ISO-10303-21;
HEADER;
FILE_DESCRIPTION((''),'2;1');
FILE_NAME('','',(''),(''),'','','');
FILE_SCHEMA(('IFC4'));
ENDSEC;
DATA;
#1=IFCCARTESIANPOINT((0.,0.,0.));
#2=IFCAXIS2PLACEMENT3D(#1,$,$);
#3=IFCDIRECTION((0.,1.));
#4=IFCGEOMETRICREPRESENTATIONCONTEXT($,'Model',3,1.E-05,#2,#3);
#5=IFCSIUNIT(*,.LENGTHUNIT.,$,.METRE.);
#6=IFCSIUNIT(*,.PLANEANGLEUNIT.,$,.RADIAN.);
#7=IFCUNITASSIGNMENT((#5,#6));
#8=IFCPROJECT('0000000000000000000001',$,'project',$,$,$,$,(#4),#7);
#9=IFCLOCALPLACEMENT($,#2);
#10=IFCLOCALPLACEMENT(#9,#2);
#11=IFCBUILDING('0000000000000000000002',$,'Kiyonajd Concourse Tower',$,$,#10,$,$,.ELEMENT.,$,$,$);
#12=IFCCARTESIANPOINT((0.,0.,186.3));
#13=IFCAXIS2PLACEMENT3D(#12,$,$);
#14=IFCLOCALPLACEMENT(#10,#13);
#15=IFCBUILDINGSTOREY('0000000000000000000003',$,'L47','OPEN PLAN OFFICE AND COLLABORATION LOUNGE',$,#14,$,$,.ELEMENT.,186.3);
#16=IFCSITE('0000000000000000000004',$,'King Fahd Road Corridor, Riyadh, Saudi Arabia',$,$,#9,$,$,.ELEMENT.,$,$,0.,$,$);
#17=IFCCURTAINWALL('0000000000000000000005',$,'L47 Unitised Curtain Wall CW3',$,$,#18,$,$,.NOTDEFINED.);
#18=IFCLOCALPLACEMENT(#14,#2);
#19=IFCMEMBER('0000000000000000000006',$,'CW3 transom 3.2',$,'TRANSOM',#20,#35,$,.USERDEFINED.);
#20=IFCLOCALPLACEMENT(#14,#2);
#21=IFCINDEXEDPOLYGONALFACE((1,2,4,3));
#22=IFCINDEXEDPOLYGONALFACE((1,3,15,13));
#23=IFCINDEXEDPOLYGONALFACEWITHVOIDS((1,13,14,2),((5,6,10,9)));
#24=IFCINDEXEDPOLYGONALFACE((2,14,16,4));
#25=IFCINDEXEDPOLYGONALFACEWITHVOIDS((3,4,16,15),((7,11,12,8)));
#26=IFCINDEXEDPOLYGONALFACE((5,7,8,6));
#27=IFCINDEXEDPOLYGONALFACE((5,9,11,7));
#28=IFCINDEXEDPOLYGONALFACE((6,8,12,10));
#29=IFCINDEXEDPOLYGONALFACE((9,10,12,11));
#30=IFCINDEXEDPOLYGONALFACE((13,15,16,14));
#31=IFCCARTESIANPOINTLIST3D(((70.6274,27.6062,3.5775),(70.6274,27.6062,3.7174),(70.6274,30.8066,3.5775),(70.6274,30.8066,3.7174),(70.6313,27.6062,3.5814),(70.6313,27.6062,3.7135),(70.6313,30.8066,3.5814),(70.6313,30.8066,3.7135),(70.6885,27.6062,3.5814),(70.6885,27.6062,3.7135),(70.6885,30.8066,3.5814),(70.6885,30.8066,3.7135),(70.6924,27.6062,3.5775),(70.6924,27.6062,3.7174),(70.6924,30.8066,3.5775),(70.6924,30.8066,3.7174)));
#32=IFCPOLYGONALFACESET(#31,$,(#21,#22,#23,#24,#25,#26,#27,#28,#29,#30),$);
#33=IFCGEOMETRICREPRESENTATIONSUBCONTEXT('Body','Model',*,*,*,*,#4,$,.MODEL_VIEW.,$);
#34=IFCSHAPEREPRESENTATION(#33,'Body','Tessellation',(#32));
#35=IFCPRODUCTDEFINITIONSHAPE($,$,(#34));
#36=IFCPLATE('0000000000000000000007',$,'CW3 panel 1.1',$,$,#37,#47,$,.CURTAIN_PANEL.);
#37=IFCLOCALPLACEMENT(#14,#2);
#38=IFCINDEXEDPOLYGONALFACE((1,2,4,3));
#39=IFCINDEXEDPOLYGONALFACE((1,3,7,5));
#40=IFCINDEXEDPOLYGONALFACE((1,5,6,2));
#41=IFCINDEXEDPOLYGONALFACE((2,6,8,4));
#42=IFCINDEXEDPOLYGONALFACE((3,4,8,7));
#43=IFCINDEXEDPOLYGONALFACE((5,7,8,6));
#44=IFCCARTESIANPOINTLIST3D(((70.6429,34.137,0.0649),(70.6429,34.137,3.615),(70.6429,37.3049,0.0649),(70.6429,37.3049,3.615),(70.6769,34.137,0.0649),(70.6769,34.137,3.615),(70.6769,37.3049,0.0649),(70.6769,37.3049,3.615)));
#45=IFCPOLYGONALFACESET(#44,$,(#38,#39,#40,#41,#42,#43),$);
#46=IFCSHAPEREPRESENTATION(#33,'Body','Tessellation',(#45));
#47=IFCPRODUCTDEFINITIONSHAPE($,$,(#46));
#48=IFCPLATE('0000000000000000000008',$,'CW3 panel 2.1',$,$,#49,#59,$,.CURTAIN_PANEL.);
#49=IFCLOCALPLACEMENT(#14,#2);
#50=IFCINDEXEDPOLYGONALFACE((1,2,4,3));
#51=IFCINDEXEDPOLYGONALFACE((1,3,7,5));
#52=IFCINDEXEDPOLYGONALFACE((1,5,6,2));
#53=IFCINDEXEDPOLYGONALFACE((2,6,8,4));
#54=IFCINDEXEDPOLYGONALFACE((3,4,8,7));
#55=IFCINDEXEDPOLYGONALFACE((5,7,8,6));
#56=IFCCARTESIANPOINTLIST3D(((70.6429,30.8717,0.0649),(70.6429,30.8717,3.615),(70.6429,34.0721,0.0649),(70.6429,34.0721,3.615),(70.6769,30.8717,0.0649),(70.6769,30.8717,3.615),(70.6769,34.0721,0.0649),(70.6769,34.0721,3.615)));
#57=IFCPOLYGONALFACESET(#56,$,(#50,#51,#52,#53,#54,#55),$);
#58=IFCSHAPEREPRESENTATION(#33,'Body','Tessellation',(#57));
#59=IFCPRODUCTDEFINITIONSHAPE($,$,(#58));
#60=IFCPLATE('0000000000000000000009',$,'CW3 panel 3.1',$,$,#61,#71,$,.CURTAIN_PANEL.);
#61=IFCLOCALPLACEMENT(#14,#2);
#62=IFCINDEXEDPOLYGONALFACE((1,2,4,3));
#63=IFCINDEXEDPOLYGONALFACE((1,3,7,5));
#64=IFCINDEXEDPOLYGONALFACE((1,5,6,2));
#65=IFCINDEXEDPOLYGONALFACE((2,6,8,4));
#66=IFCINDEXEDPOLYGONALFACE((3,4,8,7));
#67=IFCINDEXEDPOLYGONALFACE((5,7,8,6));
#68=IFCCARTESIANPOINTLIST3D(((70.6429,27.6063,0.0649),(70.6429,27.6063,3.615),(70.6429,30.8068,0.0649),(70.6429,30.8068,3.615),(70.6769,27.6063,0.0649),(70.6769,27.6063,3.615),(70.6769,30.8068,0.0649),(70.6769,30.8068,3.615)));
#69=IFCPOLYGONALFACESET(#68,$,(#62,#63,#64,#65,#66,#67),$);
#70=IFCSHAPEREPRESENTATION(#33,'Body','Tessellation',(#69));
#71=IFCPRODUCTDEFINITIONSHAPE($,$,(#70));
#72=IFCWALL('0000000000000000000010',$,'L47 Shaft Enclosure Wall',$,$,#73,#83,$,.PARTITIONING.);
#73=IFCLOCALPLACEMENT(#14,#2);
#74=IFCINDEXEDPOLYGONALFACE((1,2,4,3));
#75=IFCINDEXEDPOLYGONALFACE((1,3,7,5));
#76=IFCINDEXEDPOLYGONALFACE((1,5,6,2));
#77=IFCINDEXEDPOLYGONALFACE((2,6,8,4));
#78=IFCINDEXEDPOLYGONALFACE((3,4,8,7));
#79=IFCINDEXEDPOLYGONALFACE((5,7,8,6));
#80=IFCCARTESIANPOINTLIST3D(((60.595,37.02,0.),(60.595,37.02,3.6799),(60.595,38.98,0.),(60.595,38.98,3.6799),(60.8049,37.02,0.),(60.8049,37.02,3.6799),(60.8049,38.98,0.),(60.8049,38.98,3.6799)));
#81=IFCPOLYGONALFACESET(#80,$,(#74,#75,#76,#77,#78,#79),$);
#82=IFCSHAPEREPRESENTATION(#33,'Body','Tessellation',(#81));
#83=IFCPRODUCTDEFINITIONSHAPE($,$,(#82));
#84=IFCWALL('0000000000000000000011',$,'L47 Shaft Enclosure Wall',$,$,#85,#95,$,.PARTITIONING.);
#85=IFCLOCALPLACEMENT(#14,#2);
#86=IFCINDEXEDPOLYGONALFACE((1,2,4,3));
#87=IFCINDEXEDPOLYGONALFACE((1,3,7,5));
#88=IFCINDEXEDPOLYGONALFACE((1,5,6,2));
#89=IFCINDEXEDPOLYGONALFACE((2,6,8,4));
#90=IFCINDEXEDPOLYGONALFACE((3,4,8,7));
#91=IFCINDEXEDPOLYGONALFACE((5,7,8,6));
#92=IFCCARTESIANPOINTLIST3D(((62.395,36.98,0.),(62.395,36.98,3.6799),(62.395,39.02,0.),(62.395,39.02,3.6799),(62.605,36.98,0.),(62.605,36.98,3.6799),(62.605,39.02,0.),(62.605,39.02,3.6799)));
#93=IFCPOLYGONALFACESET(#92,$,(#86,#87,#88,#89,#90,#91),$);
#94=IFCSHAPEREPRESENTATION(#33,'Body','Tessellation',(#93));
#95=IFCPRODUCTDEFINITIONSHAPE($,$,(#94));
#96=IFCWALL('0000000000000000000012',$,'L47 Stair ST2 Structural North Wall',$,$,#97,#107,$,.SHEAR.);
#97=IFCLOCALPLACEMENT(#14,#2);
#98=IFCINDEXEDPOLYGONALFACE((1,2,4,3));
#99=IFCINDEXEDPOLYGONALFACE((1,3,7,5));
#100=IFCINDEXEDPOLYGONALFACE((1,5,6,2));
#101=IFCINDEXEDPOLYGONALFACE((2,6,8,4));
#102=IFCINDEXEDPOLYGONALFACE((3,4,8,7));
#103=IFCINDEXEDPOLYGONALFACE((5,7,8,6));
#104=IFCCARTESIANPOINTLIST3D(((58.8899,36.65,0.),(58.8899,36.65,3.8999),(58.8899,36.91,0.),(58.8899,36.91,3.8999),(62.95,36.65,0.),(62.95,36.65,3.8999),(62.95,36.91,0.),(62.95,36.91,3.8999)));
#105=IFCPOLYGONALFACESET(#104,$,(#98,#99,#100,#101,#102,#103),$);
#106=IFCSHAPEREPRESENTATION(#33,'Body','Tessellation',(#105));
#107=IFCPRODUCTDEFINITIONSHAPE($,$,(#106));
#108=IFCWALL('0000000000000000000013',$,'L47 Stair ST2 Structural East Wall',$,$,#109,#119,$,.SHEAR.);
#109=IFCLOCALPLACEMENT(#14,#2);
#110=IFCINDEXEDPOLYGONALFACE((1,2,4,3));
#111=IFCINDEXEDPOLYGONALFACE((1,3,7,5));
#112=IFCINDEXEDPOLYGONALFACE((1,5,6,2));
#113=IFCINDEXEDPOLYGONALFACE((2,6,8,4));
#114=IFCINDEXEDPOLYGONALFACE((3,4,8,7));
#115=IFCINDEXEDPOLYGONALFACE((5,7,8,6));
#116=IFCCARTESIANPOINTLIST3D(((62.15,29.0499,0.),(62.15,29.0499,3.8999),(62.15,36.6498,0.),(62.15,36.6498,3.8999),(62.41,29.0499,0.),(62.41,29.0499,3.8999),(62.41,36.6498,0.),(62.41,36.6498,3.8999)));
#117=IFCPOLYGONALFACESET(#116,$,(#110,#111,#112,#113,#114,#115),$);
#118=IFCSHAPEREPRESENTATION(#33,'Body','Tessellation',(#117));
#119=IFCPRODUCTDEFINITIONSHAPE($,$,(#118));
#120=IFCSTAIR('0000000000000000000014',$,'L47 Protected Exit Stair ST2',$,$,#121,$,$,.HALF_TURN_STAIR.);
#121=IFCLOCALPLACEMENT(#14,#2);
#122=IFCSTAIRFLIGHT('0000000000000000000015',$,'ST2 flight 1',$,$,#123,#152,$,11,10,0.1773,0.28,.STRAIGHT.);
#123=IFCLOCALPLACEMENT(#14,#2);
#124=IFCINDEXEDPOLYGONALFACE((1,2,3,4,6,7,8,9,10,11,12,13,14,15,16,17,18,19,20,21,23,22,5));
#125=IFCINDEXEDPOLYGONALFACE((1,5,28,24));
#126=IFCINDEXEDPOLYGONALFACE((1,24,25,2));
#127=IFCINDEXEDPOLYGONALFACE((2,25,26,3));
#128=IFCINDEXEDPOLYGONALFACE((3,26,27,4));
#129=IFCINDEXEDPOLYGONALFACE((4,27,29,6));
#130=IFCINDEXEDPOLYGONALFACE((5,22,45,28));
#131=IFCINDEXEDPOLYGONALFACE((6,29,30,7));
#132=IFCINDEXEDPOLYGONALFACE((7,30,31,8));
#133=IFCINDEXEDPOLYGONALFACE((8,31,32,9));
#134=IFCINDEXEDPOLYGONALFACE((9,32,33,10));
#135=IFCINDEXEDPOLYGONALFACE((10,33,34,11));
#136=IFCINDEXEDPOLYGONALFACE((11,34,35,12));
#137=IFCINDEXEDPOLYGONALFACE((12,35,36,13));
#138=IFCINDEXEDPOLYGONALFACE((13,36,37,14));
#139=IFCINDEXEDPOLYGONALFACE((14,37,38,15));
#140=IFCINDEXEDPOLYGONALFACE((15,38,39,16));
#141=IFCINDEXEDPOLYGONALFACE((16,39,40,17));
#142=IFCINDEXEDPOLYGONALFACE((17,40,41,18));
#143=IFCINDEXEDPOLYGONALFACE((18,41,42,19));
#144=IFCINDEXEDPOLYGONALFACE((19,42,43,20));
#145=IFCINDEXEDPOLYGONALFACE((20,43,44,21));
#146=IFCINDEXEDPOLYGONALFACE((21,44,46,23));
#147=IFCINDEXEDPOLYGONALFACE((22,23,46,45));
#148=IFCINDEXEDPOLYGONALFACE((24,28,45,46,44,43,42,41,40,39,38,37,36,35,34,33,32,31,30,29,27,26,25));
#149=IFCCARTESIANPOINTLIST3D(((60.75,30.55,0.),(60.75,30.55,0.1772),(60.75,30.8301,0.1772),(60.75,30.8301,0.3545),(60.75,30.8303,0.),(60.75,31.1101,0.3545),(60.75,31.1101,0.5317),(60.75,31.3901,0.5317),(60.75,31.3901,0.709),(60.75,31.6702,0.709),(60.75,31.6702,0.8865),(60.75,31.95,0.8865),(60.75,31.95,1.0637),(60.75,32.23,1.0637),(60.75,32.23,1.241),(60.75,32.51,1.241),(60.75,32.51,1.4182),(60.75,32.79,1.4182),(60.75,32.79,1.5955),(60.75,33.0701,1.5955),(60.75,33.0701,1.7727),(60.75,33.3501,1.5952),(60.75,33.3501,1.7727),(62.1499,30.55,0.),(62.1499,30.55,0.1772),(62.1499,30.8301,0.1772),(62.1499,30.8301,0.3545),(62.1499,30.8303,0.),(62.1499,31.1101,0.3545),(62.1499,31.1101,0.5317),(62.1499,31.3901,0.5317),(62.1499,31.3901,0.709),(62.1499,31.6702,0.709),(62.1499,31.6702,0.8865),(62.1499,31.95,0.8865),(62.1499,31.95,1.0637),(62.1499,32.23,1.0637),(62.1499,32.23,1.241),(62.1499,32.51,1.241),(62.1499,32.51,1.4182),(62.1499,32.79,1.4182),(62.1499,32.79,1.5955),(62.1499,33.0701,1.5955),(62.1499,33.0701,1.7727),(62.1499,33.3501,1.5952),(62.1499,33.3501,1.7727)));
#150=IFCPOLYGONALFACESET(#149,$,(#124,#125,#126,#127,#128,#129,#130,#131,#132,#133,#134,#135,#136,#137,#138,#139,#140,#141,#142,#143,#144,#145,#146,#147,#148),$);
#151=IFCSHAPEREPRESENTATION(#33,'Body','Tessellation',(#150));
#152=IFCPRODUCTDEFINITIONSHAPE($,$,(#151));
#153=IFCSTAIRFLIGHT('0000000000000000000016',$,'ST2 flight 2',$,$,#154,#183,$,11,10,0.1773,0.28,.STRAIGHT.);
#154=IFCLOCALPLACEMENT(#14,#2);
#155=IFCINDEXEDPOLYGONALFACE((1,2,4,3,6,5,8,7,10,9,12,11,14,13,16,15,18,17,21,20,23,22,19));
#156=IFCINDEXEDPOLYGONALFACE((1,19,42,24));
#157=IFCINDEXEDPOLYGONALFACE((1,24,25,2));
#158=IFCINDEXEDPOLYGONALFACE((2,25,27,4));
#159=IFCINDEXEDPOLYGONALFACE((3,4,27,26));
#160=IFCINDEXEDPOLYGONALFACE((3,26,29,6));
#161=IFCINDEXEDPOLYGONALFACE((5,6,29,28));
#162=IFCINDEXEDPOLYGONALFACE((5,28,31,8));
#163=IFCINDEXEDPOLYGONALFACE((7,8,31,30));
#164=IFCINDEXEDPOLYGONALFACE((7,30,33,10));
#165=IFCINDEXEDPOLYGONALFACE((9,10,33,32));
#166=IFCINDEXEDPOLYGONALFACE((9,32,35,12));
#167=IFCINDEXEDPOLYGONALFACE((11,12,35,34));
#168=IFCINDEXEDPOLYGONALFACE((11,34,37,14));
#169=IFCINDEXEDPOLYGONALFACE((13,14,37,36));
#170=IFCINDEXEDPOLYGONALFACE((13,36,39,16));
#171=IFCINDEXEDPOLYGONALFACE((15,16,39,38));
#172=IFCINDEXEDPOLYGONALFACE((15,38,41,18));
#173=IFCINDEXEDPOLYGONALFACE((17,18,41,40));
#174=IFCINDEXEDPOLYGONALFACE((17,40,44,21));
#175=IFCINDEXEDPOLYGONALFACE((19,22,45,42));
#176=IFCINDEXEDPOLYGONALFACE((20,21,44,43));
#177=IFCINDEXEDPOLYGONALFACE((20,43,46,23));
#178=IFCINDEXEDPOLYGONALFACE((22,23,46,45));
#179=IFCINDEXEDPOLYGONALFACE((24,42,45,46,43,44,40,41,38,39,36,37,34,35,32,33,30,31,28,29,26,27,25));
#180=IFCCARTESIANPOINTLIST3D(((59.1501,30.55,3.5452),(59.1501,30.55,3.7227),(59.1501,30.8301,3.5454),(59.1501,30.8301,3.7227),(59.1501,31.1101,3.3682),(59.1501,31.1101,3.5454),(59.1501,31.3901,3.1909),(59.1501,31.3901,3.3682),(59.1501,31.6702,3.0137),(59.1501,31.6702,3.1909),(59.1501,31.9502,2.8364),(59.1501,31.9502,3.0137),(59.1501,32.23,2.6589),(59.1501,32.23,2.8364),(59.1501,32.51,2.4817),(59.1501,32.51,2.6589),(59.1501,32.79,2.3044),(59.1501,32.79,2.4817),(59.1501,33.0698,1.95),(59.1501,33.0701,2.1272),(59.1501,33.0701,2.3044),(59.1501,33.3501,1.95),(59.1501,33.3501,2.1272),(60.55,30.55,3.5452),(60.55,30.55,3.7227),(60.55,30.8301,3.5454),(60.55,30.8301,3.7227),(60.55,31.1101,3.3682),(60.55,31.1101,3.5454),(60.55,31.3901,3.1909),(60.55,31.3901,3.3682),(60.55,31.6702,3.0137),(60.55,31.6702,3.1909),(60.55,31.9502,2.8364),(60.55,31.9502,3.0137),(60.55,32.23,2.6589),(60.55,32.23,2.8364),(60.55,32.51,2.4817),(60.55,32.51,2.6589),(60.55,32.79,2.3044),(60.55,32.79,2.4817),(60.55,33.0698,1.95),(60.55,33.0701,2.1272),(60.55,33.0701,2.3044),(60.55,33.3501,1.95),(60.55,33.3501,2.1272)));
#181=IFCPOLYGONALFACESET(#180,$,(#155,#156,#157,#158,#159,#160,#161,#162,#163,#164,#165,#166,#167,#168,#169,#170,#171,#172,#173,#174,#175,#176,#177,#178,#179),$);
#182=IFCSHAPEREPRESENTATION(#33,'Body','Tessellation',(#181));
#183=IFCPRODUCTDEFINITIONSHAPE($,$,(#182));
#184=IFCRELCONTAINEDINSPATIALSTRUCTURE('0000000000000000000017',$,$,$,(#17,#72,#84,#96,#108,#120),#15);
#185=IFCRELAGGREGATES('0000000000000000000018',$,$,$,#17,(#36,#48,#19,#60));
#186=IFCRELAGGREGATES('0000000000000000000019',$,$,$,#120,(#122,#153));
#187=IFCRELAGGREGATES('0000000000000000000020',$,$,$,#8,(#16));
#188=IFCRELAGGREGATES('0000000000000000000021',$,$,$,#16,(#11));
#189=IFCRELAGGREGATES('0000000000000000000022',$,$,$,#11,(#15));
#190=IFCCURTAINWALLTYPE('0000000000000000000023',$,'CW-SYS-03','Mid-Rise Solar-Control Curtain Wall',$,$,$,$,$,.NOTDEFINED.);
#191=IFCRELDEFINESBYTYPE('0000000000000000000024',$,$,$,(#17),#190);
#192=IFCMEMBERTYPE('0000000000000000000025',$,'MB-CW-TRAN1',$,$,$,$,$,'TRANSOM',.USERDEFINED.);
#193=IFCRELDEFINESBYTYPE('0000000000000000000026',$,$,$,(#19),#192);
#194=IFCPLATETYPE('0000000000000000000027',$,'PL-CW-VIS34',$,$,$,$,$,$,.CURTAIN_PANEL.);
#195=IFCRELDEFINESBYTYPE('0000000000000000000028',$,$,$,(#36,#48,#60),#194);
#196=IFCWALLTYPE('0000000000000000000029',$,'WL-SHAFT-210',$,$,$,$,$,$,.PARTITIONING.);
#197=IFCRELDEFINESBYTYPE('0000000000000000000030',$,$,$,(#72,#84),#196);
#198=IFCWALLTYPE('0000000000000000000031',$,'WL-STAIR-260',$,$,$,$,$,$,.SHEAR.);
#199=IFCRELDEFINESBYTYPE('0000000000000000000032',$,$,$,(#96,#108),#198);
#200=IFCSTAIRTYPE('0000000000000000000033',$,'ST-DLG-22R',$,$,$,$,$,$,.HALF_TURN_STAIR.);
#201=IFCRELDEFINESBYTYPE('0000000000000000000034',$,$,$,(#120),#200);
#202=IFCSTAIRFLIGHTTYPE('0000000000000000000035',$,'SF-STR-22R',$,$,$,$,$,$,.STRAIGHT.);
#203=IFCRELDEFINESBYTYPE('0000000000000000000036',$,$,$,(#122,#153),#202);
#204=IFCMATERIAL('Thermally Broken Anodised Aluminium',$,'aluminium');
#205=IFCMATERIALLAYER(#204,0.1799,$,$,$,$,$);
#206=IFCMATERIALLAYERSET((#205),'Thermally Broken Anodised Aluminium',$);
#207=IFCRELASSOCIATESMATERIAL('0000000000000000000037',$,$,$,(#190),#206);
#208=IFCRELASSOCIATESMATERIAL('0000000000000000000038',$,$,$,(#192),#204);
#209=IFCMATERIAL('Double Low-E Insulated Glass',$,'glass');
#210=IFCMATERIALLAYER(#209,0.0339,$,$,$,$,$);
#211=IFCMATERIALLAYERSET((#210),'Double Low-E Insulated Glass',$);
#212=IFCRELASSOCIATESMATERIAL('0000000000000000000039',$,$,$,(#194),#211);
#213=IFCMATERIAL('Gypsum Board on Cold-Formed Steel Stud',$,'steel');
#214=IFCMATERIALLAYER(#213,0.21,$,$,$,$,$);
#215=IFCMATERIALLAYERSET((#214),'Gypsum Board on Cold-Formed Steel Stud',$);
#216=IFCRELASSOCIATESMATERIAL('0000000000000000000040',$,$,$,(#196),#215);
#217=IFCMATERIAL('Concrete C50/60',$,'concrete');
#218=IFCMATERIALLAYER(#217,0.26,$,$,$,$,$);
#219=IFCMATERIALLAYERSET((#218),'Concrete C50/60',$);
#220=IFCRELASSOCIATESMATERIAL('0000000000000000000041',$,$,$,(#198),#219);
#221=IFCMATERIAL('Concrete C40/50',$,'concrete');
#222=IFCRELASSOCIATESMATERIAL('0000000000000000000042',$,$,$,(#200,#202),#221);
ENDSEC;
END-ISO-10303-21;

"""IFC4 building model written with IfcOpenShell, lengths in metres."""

from ifc_helpers import new_model, si_unit, direction, frame, frame_2d, origin, origin_2d, place, context, subcontext, project, spatial, polyline, rectangle, hollow_rectangle, outline, extrude, material, layer, layer_set, material_profile, profile_set, type_object, element, aggregate, save


model = new_model("IFC4")

# Units and contexts
model_context = context("Model", 3, precision=1e-05, world=origin(), true_north=direction((0.0, 1.0)))
body_context = subcontext(model_context, "Body", "Model", "MODEL_VIEW")
ifc_project = project(units=[si_unit("LENGTHUNIT", "METRE"), si_unit("PLANEANGLEUNIT", "RADIAN")], contexts=[model_context])

# Site, building, storey
site_placement = place(None, origin())
site = spatial("IfcSite", under=ifc_project, at=site_placement, Name="King Fahd Road Corridor, Riyadh, Saudi Arabia", CompositionType="ELEMENT", RefElevation=0.0)
building_placement = place(site_placement, origin())
building = spatial("IfcBuilding", under=site, at=building_placement, Name="Kiyonajd Concourse Tower", CompositionType="ELEMENT")
storey_placement = place(building_placement, frame((0.0, 0.0, 186.3)))
storey = spatial("IfcBuildingStorey", under=building, at=storey_placement, Name="L47", Description="OPEN PLAN OFFICE AND COLLABORATION LOUNGE", CompositionType="ELEMENT", Elevation=186.3)

# Curtain wall, member, plates
ifc_material_1 = material(Name="Thermally Broken Anodised Aluminium", Category="aluminium")
ifc_layer_1 = layer(ifc_material_1, 0.1799)
ifc_layer_set_1 = layer_set([ifc_layer_1], Name="Thermally Broken Anodised Aluminium")
curtain_wall_type = type_object("IfcCurtainWallType", Name="CW-SYS-03", Description="Mid-Rise Solar-Control Curtain Wall", PredefinedType="NOTDEFINED", material=ifc_layer_set_1)
curtain_wall_placement = place(storey_placement, origin())
curtain_wall = element("IfcCurtainWall", 1, at=curtain_wall_placement, inside=storey, type_object=curtain_wall_type, Name="L47 Unitised Curtain Wall CW3", PredefinedType="NOTDEFINED")
ifc_material_profile_1 = material_profile(ifc_material_1, hollow_rectangle(XDim=0.0649, YDim=0.1399, WallThickness=0.0039, at=origin_2d()), Name="TRAN-65x140")
ifc_profile_set_1 = profile_set([ifc_material_profile_1], Name="Thermally Broken Anodised Aluminium")
member_type_1 = type_object("IfcMemberType", Name="MB-CW-TRAN1", ElementType="TRANSOM", PredefinedType="USERDEFINED", material=ifc_profile_set_1)
member_1_placement = place(storey_placement, frame((70.6599, 30.8066, 3.6475), z_axis=(0.0, -1.0, 0.0), x_axis=(1.0, 0.0, 0.0)))
member_1 = element("IfcMember", 2, at=member_1_placement, type_object=member_type_1, Name="CW3 transom 3.2", ObjectType="TRANSOM", PredefinedType="USERDEFINED", context=body_context, shape_type="SweptSolid", body=[
    extrude(hollow_rectangle(XDim=0.0649, YDim=0.1399, WallThickness=0.0039, at=origin_2d()), origin(), (0.0, 0.0, 1.0), 3.2004),
])
ifc_material_2 = material(Name="Double Low-E Insulated Glass", Category="glass")
ifc_layer_2 = layer(ifc_material_2, 0.0339)
ifc_layer_set_2 = layer_set([ifc_layer_2], Name="Double Low-E Insulated Glass")
plate_type = type_object("IfcPlateType", Name="PL-CW-VIS34", PredefinedType="CURTAIN_PANEL", material=ifc_layer_set_2)
plate_1_placement = place(storey_placement, frame((70.6599, 35.7209, 0.0649), z_axis=(0.0, 0.0, 1.0), x_axis=(0.0, -1.0, 0.0)))
plate_1 = element("IfcPlate", 3, at=plate_1_placement, type_object=plate_type, Name="CW3 panel 1.1", PredefinedType="CURTAIN_PANEL", context=body_context, shape_type="SweptSolid", body=[
    extrude(rectangle(XDim=3.168, YDim=0.0339, at=origin_2d()), origin(), (0.0, 0.0, 1.0), 3.55),
])
plate_2_placement = place(storey_placement, frame((70.6599, 32.4719, 0.0649), z_axis=(0.0, 0.0, 1.0), x_axis=(0.0, -1.0, 0.0)))
plate_2 = element("IfcPlate", 4, at=plate_2_placement, type_object=plate_type, Name="CW3 panel 2.1", PredefinedType="CURTAIN_PANEL", context=body_context, shape_type="SweptSolid", body=[
    extrude(rectangle(XDim=3.2004, YDim=0.0339, at=origin_2d()), origin(), (0.0, 0.0, 1.0), 3.55),
])
plate_3_placement = place(storey_placement, frame((70.6599, 29.2065, 0.0649), z_axis=(0.0, 0.0, 1.0), x_axis=(0.0, -1.0, 0.0)))
plate_3 = element("IfcPlate", 5, at=plate_3_placement, type_object=plate_type, Name="CW3 panel 3.1", PredefinedType="CURTAIN_PANEL", context=body_context, shape_type="SweptSolid", body=[
    extrude(rectangle(XDim=3.2004, YDim=0.0339, at=origin_2d()), origin(), (0.0, 0.0, 1.0), 3.55),
])
aggregate(curtain_wall, [plate_1, plate_2, member_1, plate_3])

# Walls
ifc_material_3 = material(Name="Gypsum Board on Cold-Formed Steel Stud", Category="steel")
ifc_layer_3 = layer(ifc_material_3, 0.21)
ifc_layer_set_3 = layer_set([ifc_layer_3], Name="Gypsum Board on Cold-Formed Steel Stud")
wall_type_1 = type_object("IfcWallType", Name="WL-SHAFT-210", PredefinedType="PARTITIONING", material=ifc_layer_set_3)
wall_1_placement = place(storey_placement, frame((60.7, 37.02, 0.0), z_axis=(0.0, 0.0, 1.0), x_axis=(0.0, 1.0, 0.0)))
element("IfcWall", 6, at=wall_1_placement, inside=storey, type_object=wall_type_1, Name="L47 Shaft Enclosure Wall", PredefinedType="PARTITIONING", context=body_context, shape_type="SweptSolid", body=[
    extrude(rectangle(XDim=1.96, YDim=0.21, at=frame_2d((0.98, 0.0))), origin(), (0.0, 0.0, 1.0), 3.6799),
])
wall_2_placement = place(storey_placement, frame((62.5, 36.98, 0.0), z_axis=(0.0, 0.0, 1.0), x_axis=(0.0, 1.0, 0.0)))
element("IfcWall", 7, at=wall_2_placement, inside=storey, type_object=wall_type_1, Name="L47 Shaft Enclosure Wall", PredefinedType="PARTITIONING", context=body_context, shape_type="SweptSolid", body=[
    extrude(rectangle(XDim=2.04, YDim=0.21, at=frame_2d((1.02, 0.0))), origin(), (0.0, 0.0, 1.0), 3.6799),
])
ifc_material_4 = material(Name="Concrete C50/60", Category="concrete")
ifc_layer_4 = layer(ifc_material_4, 0.26)
ifc_layer_set_4 = layer_set([ifc_layer_4], Name="Concrete C50/60")
wall_type_2 = type_object("IfcWallType", Name="WL-STAIR-260", PredefinedType="SHEAR", material=ifc_layer_set_4)
wall_3_placement = place(storey_placement, frame((58.8899, 36.78, 0.0), z_axis=(0.0, 0.0, 1.0), x_axis=(1.0, 0.0, 0.0)))
element("IfcWall", 8, at=wall_3_placement, inside=storey, type_object=wall_type_2, Name="L47 Stair ST2 Structural North Wall", PredefinedType="SHEAR", context=body_context, shape_type="SweptSolid", body=[
    extrude(rectangle(XDim=4.0601, YDim=0.26, at=frame_2d((2.03, 0.0))), origin(), (0.0, 0.0, 1.0), 3.8999),
])
wall_4_placement = place(storey_placement, frame((62.28, 29.05, 0.0), z_axis=(0.0, 0.0, 1.0), x_axis=(0.0, 1.0, 0.0)))
element("IfcWall", 9, at=wall_4_placement, inside=storey, type_object=wall_type_2, Name="L47 Stair ST2 Structural East Wall", PredefinedType="SHEAR", context=body_context, shape_type="SweptSolid", body=[
    extrude(rectangle(XDim=7.5999, YDim=0.26, at=frame_2d((3.7998, 0.0))), origin(), (0.0, 0.0, 1.0), 3.8999),
])

# Stair, stair flights
ifc_material_5 = material(Name="Concrete C40/50", Category="concrete")
stair_type = type_object("IfcStairType", Name="ST-DLG-22R", PredefinedType="HALF_TURN_STAIR", material=ifc_material_5)
stair_placement = place(storey_placement, origin())
stair = element("IfcStair", 10, at=stair_placement, inside=storey, type_object=stair_type, Name="L47 Protected Exit Stair ST2", PredefinedType="HALF_TURN_STAIR")
stair_flight_type = type_object("IfcStairFlightType", Name="SF-STR-22R", PredefinedType="STRAIGHT", material=ifc_material_5)
stair_flight_1_placement = place(storey_placement, frame((61.45, 30.55, 0.0), z_axis=(0.0, 0.0, 1.0), x_axis=(0.0, 1.0, 0.0)))
stair_flight_1 = element("IfcStairFlight", 11, at=stair_flight_1_placement, type_object=stair_flight_type, Name="ST2 flight 1", NumberOfRisers=11, NumberOfTreads=10, PredefinedType="STRAIGHT", RiserHeight=0.1773, TreadLength=0.28, context=body_context, shape_type="SweptSolid", body=[
    extrude(outline(polyline([(0.0, 0.0), (0.0, 0.1772), (0.28, 0.1772), (0.28, 0.3545), (0.5601, 0.3545), (0.5601, 0.5317), (0.8401, 0.5317), (0.8401, 0.709), (1.1201, 0.709), (1.1201, 0.8865), (1.3999, 0.8865), (1.3999, 1.0637), (1.6799, 1.0637), (1.6799, 1.241), (1.96, 1.241), (1.96, 1.4182), (2.24, 1.4182), (2.24, 1.5955), (2.52, 1.5955), (2.52, 1.7727), (2.8, 1.7727), (2.8, 1.95), (2.8, 1.5952), (0.2803, 0.0), (0.0, 0.0)])), frame((0.0, 0.7, 0.0), z_axis=(0.0, -1.0, 0.0), x_axis=(1.0, 0.0, 0.0)), (0.0, 0.0, 1.0), 1.3999),
])
stair_flight_2_placement = place(storey_placement, frame((59.8501, 33.3501, 1.95), z_axis=(0.0, 0.0, 1.0), x_axis=(0.0, -1.0, 0.0)))
stair_flight_2 = element("IfcStairFlight", 12, at=stair_flight_2_placement, type_object=stair_flight_type, Name="ST2 flight 2", NumberOfRisers=11, NumberOfTreads=10, PredefinedType="STRAIGHT", RiserHeight=0.1773, TreadLength=0.28, context=body_context, shape_type="SweptSolid", body=[
    extrude(outline(polyline([(0.0, 0.0), (0.0, 0.1772), (0.28, 0.1772), (0.28, 0.3545), (0.5601, 0.3545), (0.5601, 0.5317), (0.8401, 0.5317), (0.8401, 0.709), (1.1201, 0.709), (1.1201, 0.8865), (1.3999, 0.8865), (1.3999, 1.0637), (1.6799, 1.0637), (1.6799, 1.241), (1.96, 1.241), (1.96, 1.4182), (2.24, 1.4182), (2.24, 1.5955), (2.52, 1.5955), (2.52, 1.7727), (2.8, 1.7727), (2.8, 1.95), (2.8, 1.5952), (0.2803, 0.0), (0.0, 0.0)])), frame((0.0, 0.7, 0.0), z_axis=(0.0, -1.0, 0.0), x_axis=(1.0, 0.0, 0.0)), (0.0, 0.0, 1.0), 1.3999),
])
aggregate(stair, [stair_flight_1, stair_flight_2])

save(model, "model.ifc")
